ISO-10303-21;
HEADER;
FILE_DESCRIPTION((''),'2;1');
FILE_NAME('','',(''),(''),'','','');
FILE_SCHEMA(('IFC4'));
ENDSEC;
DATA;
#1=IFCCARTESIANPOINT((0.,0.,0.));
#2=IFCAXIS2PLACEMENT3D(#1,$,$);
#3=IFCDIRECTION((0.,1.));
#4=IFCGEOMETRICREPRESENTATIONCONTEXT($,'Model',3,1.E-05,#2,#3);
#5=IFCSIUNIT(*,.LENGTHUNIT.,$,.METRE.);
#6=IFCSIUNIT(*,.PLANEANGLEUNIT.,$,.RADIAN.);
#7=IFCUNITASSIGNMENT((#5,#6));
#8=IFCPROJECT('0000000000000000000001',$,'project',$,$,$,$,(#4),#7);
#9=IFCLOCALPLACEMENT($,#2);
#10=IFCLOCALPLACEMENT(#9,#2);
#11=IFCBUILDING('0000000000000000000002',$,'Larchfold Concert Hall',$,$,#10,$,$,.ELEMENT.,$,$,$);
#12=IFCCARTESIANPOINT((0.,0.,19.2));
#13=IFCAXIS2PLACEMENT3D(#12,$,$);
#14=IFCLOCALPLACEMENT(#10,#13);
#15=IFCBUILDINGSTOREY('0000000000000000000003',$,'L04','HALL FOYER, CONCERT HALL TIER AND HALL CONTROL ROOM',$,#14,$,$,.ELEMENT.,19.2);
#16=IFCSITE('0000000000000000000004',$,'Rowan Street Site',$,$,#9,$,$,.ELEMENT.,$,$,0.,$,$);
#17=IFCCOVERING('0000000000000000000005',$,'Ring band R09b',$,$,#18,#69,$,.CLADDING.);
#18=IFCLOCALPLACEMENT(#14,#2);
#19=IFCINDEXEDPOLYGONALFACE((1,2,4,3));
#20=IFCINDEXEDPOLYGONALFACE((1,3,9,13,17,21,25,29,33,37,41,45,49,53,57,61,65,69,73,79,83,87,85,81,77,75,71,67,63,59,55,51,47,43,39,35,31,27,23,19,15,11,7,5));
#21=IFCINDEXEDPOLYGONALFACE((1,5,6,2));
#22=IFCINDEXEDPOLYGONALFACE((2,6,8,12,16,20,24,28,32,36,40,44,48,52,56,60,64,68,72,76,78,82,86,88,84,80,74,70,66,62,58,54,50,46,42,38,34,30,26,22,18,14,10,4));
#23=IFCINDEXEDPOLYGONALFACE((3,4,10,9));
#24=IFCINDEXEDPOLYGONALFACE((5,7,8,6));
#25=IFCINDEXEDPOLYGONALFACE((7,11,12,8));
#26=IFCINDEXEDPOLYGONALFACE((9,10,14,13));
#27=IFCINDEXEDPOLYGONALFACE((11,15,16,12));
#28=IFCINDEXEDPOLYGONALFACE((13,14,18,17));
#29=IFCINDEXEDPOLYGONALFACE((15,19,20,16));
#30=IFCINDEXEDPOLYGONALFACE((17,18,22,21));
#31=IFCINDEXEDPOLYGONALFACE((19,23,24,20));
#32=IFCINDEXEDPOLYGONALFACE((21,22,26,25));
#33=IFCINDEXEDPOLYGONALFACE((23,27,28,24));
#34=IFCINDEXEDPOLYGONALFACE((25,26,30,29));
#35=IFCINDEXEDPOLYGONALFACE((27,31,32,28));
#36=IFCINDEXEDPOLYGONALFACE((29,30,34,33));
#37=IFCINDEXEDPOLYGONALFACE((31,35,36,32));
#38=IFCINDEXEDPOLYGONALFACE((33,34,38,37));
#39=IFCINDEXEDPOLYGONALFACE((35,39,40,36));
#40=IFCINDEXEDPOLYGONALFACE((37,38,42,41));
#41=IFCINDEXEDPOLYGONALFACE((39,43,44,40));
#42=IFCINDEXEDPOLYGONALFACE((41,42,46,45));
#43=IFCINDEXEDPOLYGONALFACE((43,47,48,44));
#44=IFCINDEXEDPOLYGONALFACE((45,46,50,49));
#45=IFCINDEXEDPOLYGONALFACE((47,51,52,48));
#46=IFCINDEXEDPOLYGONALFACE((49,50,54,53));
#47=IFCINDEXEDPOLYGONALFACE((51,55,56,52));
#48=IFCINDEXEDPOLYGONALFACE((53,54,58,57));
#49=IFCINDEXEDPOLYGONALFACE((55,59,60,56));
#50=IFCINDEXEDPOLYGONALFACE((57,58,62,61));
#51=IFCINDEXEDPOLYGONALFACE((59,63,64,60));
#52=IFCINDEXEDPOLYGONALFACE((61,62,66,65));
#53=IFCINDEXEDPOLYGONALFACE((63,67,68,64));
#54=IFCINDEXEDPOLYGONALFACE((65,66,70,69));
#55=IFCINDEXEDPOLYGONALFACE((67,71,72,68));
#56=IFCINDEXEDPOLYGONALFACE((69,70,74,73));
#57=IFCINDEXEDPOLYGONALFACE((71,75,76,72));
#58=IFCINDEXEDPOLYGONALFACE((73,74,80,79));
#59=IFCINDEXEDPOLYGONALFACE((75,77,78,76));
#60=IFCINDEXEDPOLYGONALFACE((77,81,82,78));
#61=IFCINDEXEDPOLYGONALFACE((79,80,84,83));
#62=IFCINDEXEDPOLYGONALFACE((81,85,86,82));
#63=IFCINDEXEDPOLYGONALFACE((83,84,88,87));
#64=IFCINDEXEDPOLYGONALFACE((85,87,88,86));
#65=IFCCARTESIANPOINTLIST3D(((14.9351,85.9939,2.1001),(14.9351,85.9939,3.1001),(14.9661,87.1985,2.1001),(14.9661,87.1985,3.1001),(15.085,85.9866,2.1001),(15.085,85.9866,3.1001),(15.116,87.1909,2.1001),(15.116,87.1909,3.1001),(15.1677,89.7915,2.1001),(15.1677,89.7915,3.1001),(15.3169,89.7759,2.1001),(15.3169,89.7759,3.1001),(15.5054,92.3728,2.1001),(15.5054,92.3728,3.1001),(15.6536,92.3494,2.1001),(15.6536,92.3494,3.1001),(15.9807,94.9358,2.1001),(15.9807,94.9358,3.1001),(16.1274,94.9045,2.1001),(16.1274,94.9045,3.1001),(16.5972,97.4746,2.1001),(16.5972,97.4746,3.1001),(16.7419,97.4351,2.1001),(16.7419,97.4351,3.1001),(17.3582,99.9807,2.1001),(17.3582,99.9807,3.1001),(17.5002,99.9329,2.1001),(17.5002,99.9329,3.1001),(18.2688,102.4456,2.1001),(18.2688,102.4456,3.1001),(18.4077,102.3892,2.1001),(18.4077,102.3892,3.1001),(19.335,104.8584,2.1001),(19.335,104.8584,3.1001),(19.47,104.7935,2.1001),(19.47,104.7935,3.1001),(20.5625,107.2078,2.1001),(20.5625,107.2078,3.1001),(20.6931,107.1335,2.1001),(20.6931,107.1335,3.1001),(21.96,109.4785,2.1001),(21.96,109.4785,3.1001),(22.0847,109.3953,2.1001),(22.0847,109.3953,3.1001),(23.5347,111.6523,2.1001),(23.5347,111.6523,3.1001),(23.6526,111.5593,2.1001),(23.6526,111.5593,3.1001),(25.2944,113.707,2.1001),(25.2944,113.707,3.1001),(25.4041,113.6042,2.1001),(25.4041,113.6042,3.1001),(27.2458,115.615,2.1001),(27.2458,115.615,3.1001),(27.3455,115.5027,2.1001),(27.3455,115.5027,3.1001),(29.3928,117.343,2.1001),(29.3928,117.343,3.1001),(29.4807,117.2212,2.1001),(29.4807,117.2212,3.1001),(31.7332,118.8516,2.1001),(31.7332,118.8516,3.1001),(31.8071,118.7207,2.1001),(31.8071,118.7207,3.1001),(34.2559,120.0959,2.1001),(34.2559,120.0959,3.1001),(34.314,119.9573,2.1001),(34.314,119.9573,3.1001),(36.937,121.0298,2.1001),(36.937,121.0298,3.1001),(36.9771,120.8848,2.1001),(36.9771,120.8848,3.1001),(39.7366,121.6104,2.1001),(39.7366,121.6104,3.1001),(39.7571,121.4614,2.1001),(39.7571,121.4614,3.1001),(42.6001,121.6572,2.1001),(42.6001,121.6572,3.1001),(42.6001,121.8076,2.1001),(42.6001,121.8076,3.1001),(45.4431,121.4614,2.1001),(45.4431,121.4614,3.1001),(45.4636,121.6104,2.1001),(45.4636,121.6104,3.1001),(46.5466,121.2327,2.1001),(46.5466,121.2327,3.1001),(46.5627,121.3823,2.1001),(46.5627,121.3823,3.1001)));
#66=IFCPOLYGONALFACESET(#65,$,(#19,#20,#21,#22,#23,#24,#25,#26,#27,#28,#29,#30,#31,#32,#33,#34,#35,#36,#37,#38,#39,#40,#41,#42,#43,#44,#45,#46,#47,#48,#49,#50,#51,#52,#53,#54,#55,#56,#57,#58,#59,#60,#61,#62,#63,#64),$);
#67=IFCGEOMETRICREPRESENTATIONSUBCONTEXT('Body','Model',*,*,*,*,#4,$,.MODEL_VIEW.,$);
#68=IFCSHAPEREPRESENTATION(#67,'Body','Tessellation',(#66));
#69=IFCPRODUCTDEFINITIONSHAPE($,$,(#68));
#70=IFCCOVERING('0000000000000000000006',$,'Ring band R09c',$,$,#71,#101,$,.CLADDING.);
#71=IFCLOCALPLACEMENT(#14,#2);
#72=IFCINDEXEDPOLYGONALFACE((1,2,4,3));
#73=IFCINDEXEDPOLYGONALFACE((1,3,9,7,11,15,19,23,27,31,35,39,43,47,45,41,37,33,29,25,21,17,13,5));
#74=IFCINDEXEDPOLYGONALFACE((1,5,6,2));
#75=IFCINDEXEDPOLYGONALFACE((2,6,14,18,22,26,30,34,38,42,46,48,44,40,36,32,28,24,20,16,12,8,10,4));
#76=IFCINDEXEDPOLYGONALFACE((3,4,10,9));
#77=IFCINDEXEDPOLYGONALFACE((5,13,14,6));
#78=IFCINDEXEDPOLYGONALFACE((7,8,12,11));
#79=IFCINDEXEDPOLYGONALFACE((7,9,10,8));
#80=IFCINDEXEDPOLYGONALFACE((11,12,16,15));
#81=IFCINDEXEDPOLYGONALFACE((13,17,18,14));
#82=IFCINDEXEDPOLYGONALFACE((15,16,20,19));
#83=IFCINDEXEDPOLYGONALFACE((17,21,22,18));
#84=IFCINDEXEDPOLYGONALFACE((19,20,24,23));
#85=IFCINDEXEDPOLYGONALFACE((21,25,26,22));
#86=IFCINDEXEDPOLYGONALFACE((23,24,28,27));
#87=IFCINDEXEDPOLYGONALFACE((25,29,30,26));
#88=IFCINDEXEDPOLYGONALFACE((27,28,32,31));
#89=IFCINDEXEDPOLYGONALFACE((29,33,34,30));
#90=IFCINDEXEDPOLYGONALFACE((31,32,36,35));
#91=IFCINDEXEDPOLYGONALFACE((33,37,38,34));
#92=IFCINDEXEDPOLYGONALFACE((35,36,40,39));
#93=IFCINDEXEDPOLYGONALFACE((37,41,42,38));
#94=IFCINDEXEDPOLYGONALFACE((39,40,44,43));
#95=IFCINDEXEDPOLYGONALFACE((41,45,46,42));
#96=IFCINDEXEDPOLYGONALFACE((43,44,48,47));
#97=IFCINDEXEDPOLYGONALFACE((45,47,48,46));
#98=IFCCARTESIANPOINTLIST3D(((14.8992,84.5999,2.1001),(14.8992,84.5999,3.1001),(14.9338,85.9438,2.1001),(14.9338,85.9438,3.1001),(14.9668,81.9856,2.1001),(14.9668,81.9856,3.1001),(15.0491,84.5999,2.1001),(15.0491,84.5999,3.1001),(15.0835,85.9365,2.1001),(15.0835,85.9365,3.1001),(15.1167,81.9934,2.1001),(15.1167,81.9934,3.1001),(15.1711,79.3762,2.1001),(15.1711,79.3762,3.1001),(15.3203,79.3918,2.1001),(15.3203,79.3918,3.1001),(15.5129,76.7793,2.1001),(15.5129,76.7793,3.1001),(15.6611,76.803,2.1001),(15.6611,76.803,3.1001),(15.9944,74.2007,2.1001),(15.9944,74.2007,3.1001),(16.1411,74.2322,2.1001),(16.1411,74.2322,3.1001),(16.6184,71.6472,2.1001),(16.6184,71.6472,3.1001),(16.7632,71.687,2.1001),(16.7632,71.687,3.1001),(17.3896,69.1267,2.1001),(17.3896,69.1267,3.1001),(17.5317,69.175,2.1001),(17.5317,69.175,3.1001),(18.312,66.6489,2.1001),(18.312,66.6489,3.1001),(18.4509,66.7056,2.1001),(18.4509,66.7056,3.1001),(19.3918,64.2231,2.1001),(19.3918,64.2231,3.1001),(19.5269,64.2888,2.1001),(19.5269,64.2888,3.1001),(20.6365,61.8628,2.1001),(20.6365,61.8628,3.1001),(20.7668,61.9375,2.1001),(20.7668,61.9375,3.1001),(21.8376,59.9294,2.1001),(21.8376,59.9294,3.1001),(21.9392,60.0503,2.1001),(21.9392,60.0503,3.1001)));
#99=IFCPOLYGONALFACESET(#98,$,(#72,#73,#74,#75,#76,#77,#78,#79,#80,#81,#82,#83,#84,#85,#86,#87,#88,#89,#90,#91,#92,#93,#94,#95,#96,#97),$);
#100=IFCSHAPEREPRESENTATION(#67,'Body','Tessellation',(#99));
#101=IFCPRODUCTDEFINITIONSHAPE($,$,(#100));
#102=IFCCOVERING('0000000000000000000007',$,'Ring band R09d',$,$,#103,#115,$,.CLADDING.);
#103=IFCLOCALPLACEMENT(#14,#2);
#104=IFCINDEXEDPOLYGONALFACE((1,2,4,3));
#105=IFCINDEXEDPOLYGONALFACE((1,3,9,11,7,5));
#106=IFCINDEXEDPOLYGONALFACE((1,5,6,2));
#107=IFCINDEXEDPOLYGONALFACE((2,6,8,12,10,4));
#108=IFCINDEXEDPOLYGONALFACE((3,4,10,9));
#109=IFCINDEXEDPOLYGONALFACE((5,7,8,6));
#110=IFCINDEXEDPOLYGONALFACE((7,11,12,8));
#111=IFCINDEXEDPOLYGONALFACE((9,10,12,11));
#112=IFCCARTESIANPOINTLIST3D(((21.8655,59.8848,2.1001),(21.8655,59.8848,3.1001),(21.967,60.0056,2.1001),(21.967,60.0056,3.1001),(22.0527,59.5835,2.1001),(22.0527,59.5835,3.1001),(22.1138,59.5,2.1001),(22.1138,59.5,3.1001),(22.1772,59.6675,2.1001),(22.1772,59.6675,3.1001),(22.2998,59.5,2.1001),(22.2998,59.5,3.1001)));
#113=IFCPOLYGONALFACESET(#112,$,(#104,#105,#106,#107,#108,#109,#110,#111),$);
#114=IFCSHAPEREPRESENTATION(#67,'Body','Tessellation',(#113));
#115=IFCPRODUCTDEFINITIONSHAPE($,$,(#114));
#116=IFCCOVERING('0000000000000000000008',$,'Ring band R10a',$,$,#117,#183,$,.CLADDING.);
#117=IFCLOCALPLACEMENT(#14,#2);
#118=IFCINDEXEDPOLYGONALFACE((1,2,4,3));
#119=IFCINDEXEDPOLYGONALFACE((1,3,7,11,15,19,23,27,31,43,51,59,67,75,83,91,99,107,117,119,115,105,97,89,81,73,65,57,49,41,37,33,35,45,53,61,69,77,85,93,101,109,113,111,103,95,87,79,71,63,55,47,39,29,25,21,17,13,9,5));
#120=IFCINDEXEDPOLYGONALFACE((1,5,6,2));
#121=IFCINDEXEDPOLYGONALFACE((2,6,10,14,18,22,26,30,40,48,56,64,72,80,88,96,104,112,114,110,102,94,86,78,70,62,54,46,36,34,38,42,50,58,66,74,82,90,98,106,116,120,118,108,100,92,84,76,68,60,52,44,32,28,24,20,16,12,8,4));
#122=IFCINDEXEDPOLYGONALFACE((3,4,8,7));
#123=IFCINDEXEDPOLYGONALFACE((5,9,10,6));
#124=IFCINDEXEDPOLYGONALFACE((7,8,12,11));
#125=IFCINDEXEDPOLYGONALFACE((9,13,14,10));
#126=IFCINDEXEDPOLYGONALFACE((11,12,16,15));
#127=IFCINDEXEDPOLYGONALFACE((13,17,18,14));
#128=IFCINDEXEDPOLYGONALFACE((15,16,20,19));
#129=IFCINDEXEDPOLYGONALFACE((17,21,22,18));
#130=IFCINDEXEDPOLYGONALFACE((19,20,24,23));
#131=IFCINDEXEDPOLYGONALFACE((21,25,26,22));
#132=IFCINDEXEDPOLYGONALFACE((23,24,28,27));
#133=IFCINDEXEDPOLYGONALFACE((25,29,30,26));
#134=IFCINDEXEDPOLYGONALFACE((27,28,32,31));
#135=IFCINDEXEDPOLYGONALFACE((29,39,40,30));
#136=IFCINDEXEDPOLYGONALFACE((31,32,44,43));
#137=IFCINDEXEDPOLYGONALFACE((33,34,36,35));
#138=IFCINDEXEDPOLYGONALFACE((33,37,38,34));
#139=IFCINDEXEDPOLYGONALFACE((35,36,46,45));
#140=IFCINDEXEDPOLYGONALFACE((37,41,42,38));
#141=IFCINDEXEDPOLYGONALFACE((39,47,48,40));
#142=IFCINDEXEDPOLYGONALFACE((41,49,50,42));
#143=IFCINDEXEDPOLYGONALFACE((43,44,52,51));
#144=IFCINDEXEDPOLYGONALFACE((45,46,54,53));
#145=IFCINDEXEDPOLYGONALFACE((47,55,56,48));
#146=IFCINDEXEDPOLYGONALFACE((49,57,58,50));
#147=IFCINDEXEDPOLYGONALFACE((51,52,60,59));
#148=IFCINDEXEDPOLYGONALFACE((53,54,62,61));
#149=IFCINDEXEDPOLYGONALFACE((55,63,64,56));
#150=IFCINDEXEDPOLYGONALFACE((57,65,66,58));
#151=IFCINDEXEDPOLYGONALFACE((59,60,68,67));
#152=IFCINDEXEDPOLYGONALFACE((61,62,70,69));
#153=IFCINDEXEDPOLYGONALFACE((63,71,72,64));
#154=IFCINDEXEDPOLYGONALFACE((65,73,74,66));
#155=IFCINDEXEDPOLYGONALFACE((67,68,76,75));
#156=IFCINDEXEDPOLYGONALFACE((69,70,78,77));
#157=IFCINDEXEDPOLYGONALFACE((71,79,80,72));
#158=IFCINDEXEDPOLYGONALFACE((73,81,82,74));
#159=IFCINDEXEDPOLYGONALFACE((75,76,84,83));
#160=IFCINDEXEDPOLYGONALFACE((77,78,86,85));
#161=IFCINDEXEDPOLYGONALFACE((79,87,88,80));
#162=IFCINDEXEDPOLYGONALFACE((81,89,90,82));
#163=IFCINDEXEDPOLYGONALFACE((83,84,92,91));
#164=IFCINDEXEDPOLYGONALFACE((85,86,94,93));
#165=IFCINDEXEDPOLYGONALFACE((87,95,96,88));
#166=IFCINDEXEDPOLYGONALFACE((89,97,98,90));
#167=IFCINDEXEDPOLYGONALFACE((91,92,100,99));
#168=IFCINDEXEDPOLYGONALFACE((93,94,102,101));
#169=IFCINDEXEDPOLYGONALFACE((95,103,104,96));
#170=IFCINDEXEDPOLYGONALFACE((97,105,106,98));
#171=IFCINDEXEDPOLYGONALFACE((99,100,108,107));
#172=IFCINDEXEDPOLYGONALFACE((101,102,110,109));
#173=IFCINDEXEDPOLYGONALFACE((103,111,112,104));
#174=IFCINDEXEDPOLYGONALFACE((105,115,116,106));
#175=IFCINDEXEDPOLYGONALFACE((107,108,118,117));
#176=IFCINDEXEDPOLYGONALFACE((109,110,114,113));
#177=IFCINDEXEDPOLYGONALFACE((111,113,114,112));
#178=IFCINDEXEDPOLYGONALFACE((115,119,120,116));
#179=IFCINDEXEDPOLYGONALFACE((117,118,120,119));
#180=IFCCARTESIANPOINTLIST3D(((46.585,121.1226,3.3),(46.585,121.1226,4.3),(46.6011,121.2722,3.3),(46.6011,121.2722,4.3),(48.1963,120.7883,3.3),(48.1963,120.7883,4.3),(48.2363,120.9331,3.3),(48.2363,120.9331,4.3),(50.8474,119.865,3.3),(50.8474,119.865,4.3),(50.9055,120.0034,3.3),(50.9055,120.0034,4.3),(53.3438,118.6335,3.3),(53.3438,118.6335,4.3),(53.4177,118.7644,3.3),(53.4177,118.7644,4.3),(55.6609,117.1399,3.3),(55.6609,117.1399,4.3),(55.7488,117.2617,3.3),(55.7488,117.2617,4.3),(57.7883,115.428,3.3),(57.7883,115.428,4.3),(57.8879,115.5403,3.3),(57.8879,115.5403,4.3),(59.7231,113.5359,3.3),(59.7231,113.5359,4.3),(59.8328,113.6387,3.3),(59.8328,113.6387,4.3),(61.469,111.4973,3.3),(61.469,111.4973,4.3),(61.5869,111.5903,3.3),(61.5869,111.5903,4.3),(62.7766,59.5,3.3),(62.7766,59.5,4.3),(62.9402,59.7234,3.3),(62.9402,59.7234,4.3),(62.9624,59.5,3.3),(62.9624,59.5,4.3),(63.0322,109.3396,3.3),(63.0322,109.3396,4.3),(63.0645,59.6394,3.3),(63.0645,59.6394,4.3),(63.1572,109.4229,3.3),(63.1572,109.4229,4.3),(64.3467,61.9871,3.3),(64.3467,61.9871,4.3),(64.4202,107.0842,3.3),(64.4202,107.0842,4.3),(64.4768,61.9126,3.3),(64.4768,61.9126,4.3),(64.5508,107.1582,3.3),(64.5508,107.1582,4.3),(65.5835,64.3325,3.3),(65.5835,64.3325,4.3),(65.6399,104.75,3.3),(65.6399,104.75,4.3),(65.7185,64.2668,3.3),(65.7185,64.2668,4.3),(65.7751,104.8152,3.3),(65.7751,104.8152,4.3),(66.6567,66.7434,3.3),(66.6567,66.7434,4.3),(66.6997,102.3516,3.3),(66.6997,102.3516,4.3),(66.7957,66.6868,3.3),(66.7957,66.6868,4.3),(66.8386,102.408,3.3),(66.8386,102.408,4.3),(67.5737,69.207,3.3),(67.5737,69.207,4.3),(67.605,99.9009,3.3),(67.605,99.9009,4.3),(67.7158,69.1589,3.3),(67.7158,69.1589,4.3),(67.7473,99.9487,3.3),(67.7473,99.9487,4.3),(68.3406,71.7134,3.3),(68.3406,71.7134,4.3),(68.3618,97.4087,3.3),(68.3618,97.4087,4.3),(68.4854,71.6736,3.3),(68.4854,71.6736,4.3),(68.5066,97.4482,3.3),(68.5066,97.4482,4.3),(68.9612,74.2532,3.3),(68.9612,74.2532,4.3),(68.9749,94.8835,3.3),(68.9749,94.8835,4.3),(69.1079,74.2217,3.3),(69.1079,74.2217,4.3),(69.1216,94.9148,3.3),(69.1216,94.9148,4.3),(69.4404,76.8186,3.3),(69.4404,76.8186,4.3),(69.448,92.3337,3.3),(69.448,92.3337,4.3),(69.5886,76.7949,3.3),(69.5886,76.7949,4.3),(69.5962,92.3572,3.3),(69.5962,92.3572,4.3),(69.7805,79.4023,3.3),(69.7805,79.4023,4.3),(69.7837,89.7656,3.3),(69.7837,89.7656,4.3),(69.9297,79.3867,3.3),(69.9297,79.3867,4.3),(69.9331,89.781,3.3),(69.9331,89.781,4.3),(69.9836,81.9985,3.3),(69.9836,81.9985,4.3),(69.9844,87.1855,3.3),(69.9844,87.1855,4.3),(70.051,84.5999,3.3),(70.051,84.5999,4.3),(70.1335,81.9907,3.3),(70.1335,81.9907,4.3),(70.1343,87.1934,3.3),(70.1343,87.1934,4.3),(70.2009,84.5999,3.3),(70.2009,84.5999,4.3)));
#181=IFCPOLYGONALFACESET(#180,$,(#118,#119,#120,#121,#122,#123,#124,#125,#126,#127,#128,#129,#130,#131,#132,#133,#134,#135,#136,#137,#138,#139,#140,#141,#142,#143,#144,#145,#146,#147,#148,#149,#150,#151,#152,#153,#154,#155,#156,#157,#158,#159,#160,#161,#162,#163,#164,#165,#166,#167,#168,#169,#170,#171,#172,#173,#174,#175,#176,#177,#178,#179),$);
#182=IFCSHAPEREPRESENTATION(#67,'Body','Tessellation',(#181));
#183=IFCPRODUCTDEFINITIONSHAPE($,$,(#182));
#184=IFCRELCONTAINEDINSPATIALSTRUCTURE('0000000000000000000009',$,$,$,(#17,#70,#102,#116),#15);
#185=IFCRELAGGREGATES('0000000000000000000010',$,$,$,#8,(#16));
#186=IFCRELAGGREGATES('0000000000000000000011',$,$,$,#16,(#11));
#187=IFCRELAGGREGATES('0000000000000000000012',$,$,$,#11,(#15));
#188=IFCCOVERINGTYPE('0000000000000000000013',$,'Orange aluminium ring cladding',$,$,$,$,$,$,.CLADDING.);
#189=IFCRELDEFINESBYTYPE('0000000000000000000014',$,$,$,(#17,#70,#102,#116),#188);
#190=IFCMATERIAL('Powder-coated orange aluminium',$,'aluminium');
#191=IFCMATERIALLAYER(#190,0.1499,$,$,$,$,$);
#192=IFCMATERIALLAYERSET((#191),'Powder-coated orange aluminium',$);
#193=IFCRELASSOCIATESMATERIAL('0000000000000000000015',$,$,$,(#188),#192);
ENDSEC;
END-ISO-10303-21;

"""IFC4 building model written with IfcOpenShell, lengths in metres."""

from ifc_helpers import new_model, si_unit, direction, frame, origin, place, context, subcontext, project, spatial, polyline, outline, extrude, material, layer, layer_set, type_object, element, save


model = new_model("IFC4")

# Units and contexts
model_context = context("Model", 3, precision=1e-05, world=origin(), true_north=direction((0.0, 1.0)))
body_context = subcontext(model_context, "Body", "Model", "MODEL_VIEW")
ifc_project = project(units=[si_unit("LENGTHUNIT", "METRE"), si_unit("PLANEANGLEUNIT", "RADIAN")], contexts=[model_context])

# Site, building, storey
site_placement = place(None, origin())
site = spatial("IfcSite", under=ifc_project, at=site_placement, Name="Rowan Street Site", CompositionType="ELEMENT", RefElevation=0.0)
building_placement = place(site_placement, origin())
building = spatial("IfcBuilding", under=site, at=building_placement, Name="Larchfold Concert Hall", CompositionType="ELEMENT")
storey_placement = place(building_placement, frame((0.0, 0.0, 19.2)))
storey = spatial("IfcBuildingStorey", under=building, at=storey_placement, Name="L04", Description="HALL FOYER, CONCERT HALL TIER AND HALL CONTROL ROOM", CompositionType="ELEMENT", Elevation=19.2)

# Coverings
ifc_material_1 = material(Name="Powder-coated orange aluminium", Category="aluminium")
ifc_layer_1 = layer(ifc_material_1, 0.1499)
ifc_layer_set_1 = layer_set([ifc_layer_1], Name="Powder-coated orange aluminium")
covering_type = type_object("IfcCoveringType", Name="Orange aluminium ring cladding", PredefinedType="CLADDING", material=ifc_layer_set_1)
covering_1_placement = place(storey_placement, frame((0.0, 0.0, 2.1001)))
element("IfcCovering", 1, at=covering_1_placement, inside=storey, type_object=covering_type, Name="Ring band R09b", PredefinedType="CLADDING", context=body_context, shape_type="SweptSolid", body=[
    extrude(outline(polyline([(42.6001, 121.6572), (45.4431, 121.4614), (46.5466, 121.2327), (46.5627, 121.3823), (45.4636, 121.6104), (42.6001, 121.8076), (39.7366, 121.6104), (36.937, 121.0298), (34.2559, 120.0959), (31.7332, 118.8516), (29.3928, 117.343), (27.2458, 115.615), (25.2944, 113.707), (23.5347, 111.6523), (21.96, 109.4785), (20.5625, 107.2078), (19.335, 104.8584), (18.2688, 102.4456), (17.3582, 99.9807), (16.5972, 97.4746), (15.9807, 94.9358), (15.5054, 92.3728), (15.1677, 89.7915), (14.9661, 87.1985), (14.9351, 85.9939), (15.085, 85.9866), (15.116, 87.1909), (15.3169, 89.7759), (15.6536, 92.3494), (16.1274, 94.9045), (16.7419, 97.4351), (17.5002, 99.9329), (18.4077, 102.3892), (19.47, 104.7935), (20.6931, 107.1335), (22.0847, 109.3953), (23.6526, 111.5593), (25.4041, 113.6042), (27.3455, 115.5027), (29.4807, 117.2212), (31.8071, 118.7207), (34.314, 119.9573), (36.9771, 120.8848), (39.7571, 121.4614), (42.6001, 121.6572)])), origin(), (0.0, 0.0, 1.0), 1.0),
])
covering_2_placement = place(storey_placement, frame((0.0, 0.0, 2.1001)))
element("IfcCovering", 2, at=covering_2_placement, inside=storey, type_object=covering_type, Name="Ring band R09c", PredefinedType="CLADDING", context=body_context, shape_type="SweptSolid", body=[
    extrude(outline(polyline([(15.0491, 84.5999), (15.0835, 85.9365), (14.9338, 85.9438), (14.8992, 84.5999), (14.9668, 81.9856), (15.1711, 79.3762), (15.5129, 76.7793), (15.9944, 74.2007), (16.6184, 71.6472), (17.3896, 69.1267), (18.312, 66.6489), (19.3918, 64.2231), (20.6365, 61.8628), (21.8376, 59.9294), (21.9392, 60.0503), (20.7668, 61.9375), (19.5269, 64.2888), (18.4509, 66.7056), (17.5317, 69.175), (16.7632, 71.687), (16.1411, 74.2322), (15.6611, 76.803), (15.3203, 79.3918), (15.1167, 81.9934), (15.0491, 84.5999)])), origin(), (0.0, 0.0, 1.0), 1.0),
])
covering_3_placement = place(storey_placement, frame((0.0, 0.0, 2.1001)))
element("IfcCovering", 3, at=covering_3_placement, inside=storey, type_object=covering_type, Name="Ring band R09d", PredefinedType="CLADDING", context=body_context, shape_type="SweptSolid", body=[
    extrude(outline(polyline([(21.967, 60.0056), (21.8655, 59.8848), (22.0527, 59.5835), (22.1138, 59.5), (22.2998, 59.5), (22.1772, 59.6675), (21.967, 60.0056)])), origin(), (0.0, 0.0, 1.0), 1.0),
])
covering_4_placement = place(storey_placement, frame((0.0, 0.0, 3.3)))
element("IfcCovering", 4, at=covering_4_placement, inside=storey, type_object=covering_type, Name="Ring band R10a", PredefinedType="CLADDING", context=body_context, shape_type="SweptSolid", body=[
    extrude(outline(polyline([(69.1079, 74.2217), (69.5886, 76.7949), (69.9297, 79.3867), (70.1335, 81.9907), (70.2009, 84.5999), (70.1343, 87.1934), (69.9331, 89.781), (69.5962, 92.3572), (69.1216, 94.9148), (68.5066, 97.4482), (67.7473, 99.9487), (66.8386, 102.408), (65.7751, 104.8152), (64.5508, 107.1582), (63.1572, 109.4229), (61.5869, 111.5903), (59.8328, 113.6387), (57.8879, 115.5403), (55.7488, 117.2617), (53.4177, 118.7644), (50.9055, 120.0034), (48.2363, 120.9331), (46.6011, 121.2722), (46.585, 121.1226), (48.1963, 120.7883), (50.8474, 119.865), (53.3438, 118.6335), (55.6609, 117.1399), (57.7883, 115.428), (59.7231, 113.5359), (61.469, 111.4973), (63.0322, 109.3396), (64.4202, 107.0842), (65.6399, 104.75), (66.6997, 102.3516), (67.605, 99.9009), (68.3618, 97.4087), (68.9749, 94.8835), (69.448, 92.3337), (69.7837, 89.7656), (69.9844, 87.1855), (70.051, 84.5999), (69.9836, 81.9985), (69.7805, 79.4023), (69.4404, 76.8186), (68.9612, 74.2532), (68.3406, 71.7134), (67.5737, 69.207), (66.6567, 66.7434), (65.5835, 64.3325), (64.3467, 61.9871), (62.9402, 59.7234), (62.7766, 59.5), (62.9624, 59.5), (63.0645, 59.6394), (64.4768, 61.9126), (65.7185, 64.2668), (66.7957, 66.6868), (67.7158, 69.1589), (68.4854, 71.6736), (69.1079, 74.2217)])), origin(), (0.0, 0.0, 1.0), 1.0),
])

save(model, "model.ifc")
